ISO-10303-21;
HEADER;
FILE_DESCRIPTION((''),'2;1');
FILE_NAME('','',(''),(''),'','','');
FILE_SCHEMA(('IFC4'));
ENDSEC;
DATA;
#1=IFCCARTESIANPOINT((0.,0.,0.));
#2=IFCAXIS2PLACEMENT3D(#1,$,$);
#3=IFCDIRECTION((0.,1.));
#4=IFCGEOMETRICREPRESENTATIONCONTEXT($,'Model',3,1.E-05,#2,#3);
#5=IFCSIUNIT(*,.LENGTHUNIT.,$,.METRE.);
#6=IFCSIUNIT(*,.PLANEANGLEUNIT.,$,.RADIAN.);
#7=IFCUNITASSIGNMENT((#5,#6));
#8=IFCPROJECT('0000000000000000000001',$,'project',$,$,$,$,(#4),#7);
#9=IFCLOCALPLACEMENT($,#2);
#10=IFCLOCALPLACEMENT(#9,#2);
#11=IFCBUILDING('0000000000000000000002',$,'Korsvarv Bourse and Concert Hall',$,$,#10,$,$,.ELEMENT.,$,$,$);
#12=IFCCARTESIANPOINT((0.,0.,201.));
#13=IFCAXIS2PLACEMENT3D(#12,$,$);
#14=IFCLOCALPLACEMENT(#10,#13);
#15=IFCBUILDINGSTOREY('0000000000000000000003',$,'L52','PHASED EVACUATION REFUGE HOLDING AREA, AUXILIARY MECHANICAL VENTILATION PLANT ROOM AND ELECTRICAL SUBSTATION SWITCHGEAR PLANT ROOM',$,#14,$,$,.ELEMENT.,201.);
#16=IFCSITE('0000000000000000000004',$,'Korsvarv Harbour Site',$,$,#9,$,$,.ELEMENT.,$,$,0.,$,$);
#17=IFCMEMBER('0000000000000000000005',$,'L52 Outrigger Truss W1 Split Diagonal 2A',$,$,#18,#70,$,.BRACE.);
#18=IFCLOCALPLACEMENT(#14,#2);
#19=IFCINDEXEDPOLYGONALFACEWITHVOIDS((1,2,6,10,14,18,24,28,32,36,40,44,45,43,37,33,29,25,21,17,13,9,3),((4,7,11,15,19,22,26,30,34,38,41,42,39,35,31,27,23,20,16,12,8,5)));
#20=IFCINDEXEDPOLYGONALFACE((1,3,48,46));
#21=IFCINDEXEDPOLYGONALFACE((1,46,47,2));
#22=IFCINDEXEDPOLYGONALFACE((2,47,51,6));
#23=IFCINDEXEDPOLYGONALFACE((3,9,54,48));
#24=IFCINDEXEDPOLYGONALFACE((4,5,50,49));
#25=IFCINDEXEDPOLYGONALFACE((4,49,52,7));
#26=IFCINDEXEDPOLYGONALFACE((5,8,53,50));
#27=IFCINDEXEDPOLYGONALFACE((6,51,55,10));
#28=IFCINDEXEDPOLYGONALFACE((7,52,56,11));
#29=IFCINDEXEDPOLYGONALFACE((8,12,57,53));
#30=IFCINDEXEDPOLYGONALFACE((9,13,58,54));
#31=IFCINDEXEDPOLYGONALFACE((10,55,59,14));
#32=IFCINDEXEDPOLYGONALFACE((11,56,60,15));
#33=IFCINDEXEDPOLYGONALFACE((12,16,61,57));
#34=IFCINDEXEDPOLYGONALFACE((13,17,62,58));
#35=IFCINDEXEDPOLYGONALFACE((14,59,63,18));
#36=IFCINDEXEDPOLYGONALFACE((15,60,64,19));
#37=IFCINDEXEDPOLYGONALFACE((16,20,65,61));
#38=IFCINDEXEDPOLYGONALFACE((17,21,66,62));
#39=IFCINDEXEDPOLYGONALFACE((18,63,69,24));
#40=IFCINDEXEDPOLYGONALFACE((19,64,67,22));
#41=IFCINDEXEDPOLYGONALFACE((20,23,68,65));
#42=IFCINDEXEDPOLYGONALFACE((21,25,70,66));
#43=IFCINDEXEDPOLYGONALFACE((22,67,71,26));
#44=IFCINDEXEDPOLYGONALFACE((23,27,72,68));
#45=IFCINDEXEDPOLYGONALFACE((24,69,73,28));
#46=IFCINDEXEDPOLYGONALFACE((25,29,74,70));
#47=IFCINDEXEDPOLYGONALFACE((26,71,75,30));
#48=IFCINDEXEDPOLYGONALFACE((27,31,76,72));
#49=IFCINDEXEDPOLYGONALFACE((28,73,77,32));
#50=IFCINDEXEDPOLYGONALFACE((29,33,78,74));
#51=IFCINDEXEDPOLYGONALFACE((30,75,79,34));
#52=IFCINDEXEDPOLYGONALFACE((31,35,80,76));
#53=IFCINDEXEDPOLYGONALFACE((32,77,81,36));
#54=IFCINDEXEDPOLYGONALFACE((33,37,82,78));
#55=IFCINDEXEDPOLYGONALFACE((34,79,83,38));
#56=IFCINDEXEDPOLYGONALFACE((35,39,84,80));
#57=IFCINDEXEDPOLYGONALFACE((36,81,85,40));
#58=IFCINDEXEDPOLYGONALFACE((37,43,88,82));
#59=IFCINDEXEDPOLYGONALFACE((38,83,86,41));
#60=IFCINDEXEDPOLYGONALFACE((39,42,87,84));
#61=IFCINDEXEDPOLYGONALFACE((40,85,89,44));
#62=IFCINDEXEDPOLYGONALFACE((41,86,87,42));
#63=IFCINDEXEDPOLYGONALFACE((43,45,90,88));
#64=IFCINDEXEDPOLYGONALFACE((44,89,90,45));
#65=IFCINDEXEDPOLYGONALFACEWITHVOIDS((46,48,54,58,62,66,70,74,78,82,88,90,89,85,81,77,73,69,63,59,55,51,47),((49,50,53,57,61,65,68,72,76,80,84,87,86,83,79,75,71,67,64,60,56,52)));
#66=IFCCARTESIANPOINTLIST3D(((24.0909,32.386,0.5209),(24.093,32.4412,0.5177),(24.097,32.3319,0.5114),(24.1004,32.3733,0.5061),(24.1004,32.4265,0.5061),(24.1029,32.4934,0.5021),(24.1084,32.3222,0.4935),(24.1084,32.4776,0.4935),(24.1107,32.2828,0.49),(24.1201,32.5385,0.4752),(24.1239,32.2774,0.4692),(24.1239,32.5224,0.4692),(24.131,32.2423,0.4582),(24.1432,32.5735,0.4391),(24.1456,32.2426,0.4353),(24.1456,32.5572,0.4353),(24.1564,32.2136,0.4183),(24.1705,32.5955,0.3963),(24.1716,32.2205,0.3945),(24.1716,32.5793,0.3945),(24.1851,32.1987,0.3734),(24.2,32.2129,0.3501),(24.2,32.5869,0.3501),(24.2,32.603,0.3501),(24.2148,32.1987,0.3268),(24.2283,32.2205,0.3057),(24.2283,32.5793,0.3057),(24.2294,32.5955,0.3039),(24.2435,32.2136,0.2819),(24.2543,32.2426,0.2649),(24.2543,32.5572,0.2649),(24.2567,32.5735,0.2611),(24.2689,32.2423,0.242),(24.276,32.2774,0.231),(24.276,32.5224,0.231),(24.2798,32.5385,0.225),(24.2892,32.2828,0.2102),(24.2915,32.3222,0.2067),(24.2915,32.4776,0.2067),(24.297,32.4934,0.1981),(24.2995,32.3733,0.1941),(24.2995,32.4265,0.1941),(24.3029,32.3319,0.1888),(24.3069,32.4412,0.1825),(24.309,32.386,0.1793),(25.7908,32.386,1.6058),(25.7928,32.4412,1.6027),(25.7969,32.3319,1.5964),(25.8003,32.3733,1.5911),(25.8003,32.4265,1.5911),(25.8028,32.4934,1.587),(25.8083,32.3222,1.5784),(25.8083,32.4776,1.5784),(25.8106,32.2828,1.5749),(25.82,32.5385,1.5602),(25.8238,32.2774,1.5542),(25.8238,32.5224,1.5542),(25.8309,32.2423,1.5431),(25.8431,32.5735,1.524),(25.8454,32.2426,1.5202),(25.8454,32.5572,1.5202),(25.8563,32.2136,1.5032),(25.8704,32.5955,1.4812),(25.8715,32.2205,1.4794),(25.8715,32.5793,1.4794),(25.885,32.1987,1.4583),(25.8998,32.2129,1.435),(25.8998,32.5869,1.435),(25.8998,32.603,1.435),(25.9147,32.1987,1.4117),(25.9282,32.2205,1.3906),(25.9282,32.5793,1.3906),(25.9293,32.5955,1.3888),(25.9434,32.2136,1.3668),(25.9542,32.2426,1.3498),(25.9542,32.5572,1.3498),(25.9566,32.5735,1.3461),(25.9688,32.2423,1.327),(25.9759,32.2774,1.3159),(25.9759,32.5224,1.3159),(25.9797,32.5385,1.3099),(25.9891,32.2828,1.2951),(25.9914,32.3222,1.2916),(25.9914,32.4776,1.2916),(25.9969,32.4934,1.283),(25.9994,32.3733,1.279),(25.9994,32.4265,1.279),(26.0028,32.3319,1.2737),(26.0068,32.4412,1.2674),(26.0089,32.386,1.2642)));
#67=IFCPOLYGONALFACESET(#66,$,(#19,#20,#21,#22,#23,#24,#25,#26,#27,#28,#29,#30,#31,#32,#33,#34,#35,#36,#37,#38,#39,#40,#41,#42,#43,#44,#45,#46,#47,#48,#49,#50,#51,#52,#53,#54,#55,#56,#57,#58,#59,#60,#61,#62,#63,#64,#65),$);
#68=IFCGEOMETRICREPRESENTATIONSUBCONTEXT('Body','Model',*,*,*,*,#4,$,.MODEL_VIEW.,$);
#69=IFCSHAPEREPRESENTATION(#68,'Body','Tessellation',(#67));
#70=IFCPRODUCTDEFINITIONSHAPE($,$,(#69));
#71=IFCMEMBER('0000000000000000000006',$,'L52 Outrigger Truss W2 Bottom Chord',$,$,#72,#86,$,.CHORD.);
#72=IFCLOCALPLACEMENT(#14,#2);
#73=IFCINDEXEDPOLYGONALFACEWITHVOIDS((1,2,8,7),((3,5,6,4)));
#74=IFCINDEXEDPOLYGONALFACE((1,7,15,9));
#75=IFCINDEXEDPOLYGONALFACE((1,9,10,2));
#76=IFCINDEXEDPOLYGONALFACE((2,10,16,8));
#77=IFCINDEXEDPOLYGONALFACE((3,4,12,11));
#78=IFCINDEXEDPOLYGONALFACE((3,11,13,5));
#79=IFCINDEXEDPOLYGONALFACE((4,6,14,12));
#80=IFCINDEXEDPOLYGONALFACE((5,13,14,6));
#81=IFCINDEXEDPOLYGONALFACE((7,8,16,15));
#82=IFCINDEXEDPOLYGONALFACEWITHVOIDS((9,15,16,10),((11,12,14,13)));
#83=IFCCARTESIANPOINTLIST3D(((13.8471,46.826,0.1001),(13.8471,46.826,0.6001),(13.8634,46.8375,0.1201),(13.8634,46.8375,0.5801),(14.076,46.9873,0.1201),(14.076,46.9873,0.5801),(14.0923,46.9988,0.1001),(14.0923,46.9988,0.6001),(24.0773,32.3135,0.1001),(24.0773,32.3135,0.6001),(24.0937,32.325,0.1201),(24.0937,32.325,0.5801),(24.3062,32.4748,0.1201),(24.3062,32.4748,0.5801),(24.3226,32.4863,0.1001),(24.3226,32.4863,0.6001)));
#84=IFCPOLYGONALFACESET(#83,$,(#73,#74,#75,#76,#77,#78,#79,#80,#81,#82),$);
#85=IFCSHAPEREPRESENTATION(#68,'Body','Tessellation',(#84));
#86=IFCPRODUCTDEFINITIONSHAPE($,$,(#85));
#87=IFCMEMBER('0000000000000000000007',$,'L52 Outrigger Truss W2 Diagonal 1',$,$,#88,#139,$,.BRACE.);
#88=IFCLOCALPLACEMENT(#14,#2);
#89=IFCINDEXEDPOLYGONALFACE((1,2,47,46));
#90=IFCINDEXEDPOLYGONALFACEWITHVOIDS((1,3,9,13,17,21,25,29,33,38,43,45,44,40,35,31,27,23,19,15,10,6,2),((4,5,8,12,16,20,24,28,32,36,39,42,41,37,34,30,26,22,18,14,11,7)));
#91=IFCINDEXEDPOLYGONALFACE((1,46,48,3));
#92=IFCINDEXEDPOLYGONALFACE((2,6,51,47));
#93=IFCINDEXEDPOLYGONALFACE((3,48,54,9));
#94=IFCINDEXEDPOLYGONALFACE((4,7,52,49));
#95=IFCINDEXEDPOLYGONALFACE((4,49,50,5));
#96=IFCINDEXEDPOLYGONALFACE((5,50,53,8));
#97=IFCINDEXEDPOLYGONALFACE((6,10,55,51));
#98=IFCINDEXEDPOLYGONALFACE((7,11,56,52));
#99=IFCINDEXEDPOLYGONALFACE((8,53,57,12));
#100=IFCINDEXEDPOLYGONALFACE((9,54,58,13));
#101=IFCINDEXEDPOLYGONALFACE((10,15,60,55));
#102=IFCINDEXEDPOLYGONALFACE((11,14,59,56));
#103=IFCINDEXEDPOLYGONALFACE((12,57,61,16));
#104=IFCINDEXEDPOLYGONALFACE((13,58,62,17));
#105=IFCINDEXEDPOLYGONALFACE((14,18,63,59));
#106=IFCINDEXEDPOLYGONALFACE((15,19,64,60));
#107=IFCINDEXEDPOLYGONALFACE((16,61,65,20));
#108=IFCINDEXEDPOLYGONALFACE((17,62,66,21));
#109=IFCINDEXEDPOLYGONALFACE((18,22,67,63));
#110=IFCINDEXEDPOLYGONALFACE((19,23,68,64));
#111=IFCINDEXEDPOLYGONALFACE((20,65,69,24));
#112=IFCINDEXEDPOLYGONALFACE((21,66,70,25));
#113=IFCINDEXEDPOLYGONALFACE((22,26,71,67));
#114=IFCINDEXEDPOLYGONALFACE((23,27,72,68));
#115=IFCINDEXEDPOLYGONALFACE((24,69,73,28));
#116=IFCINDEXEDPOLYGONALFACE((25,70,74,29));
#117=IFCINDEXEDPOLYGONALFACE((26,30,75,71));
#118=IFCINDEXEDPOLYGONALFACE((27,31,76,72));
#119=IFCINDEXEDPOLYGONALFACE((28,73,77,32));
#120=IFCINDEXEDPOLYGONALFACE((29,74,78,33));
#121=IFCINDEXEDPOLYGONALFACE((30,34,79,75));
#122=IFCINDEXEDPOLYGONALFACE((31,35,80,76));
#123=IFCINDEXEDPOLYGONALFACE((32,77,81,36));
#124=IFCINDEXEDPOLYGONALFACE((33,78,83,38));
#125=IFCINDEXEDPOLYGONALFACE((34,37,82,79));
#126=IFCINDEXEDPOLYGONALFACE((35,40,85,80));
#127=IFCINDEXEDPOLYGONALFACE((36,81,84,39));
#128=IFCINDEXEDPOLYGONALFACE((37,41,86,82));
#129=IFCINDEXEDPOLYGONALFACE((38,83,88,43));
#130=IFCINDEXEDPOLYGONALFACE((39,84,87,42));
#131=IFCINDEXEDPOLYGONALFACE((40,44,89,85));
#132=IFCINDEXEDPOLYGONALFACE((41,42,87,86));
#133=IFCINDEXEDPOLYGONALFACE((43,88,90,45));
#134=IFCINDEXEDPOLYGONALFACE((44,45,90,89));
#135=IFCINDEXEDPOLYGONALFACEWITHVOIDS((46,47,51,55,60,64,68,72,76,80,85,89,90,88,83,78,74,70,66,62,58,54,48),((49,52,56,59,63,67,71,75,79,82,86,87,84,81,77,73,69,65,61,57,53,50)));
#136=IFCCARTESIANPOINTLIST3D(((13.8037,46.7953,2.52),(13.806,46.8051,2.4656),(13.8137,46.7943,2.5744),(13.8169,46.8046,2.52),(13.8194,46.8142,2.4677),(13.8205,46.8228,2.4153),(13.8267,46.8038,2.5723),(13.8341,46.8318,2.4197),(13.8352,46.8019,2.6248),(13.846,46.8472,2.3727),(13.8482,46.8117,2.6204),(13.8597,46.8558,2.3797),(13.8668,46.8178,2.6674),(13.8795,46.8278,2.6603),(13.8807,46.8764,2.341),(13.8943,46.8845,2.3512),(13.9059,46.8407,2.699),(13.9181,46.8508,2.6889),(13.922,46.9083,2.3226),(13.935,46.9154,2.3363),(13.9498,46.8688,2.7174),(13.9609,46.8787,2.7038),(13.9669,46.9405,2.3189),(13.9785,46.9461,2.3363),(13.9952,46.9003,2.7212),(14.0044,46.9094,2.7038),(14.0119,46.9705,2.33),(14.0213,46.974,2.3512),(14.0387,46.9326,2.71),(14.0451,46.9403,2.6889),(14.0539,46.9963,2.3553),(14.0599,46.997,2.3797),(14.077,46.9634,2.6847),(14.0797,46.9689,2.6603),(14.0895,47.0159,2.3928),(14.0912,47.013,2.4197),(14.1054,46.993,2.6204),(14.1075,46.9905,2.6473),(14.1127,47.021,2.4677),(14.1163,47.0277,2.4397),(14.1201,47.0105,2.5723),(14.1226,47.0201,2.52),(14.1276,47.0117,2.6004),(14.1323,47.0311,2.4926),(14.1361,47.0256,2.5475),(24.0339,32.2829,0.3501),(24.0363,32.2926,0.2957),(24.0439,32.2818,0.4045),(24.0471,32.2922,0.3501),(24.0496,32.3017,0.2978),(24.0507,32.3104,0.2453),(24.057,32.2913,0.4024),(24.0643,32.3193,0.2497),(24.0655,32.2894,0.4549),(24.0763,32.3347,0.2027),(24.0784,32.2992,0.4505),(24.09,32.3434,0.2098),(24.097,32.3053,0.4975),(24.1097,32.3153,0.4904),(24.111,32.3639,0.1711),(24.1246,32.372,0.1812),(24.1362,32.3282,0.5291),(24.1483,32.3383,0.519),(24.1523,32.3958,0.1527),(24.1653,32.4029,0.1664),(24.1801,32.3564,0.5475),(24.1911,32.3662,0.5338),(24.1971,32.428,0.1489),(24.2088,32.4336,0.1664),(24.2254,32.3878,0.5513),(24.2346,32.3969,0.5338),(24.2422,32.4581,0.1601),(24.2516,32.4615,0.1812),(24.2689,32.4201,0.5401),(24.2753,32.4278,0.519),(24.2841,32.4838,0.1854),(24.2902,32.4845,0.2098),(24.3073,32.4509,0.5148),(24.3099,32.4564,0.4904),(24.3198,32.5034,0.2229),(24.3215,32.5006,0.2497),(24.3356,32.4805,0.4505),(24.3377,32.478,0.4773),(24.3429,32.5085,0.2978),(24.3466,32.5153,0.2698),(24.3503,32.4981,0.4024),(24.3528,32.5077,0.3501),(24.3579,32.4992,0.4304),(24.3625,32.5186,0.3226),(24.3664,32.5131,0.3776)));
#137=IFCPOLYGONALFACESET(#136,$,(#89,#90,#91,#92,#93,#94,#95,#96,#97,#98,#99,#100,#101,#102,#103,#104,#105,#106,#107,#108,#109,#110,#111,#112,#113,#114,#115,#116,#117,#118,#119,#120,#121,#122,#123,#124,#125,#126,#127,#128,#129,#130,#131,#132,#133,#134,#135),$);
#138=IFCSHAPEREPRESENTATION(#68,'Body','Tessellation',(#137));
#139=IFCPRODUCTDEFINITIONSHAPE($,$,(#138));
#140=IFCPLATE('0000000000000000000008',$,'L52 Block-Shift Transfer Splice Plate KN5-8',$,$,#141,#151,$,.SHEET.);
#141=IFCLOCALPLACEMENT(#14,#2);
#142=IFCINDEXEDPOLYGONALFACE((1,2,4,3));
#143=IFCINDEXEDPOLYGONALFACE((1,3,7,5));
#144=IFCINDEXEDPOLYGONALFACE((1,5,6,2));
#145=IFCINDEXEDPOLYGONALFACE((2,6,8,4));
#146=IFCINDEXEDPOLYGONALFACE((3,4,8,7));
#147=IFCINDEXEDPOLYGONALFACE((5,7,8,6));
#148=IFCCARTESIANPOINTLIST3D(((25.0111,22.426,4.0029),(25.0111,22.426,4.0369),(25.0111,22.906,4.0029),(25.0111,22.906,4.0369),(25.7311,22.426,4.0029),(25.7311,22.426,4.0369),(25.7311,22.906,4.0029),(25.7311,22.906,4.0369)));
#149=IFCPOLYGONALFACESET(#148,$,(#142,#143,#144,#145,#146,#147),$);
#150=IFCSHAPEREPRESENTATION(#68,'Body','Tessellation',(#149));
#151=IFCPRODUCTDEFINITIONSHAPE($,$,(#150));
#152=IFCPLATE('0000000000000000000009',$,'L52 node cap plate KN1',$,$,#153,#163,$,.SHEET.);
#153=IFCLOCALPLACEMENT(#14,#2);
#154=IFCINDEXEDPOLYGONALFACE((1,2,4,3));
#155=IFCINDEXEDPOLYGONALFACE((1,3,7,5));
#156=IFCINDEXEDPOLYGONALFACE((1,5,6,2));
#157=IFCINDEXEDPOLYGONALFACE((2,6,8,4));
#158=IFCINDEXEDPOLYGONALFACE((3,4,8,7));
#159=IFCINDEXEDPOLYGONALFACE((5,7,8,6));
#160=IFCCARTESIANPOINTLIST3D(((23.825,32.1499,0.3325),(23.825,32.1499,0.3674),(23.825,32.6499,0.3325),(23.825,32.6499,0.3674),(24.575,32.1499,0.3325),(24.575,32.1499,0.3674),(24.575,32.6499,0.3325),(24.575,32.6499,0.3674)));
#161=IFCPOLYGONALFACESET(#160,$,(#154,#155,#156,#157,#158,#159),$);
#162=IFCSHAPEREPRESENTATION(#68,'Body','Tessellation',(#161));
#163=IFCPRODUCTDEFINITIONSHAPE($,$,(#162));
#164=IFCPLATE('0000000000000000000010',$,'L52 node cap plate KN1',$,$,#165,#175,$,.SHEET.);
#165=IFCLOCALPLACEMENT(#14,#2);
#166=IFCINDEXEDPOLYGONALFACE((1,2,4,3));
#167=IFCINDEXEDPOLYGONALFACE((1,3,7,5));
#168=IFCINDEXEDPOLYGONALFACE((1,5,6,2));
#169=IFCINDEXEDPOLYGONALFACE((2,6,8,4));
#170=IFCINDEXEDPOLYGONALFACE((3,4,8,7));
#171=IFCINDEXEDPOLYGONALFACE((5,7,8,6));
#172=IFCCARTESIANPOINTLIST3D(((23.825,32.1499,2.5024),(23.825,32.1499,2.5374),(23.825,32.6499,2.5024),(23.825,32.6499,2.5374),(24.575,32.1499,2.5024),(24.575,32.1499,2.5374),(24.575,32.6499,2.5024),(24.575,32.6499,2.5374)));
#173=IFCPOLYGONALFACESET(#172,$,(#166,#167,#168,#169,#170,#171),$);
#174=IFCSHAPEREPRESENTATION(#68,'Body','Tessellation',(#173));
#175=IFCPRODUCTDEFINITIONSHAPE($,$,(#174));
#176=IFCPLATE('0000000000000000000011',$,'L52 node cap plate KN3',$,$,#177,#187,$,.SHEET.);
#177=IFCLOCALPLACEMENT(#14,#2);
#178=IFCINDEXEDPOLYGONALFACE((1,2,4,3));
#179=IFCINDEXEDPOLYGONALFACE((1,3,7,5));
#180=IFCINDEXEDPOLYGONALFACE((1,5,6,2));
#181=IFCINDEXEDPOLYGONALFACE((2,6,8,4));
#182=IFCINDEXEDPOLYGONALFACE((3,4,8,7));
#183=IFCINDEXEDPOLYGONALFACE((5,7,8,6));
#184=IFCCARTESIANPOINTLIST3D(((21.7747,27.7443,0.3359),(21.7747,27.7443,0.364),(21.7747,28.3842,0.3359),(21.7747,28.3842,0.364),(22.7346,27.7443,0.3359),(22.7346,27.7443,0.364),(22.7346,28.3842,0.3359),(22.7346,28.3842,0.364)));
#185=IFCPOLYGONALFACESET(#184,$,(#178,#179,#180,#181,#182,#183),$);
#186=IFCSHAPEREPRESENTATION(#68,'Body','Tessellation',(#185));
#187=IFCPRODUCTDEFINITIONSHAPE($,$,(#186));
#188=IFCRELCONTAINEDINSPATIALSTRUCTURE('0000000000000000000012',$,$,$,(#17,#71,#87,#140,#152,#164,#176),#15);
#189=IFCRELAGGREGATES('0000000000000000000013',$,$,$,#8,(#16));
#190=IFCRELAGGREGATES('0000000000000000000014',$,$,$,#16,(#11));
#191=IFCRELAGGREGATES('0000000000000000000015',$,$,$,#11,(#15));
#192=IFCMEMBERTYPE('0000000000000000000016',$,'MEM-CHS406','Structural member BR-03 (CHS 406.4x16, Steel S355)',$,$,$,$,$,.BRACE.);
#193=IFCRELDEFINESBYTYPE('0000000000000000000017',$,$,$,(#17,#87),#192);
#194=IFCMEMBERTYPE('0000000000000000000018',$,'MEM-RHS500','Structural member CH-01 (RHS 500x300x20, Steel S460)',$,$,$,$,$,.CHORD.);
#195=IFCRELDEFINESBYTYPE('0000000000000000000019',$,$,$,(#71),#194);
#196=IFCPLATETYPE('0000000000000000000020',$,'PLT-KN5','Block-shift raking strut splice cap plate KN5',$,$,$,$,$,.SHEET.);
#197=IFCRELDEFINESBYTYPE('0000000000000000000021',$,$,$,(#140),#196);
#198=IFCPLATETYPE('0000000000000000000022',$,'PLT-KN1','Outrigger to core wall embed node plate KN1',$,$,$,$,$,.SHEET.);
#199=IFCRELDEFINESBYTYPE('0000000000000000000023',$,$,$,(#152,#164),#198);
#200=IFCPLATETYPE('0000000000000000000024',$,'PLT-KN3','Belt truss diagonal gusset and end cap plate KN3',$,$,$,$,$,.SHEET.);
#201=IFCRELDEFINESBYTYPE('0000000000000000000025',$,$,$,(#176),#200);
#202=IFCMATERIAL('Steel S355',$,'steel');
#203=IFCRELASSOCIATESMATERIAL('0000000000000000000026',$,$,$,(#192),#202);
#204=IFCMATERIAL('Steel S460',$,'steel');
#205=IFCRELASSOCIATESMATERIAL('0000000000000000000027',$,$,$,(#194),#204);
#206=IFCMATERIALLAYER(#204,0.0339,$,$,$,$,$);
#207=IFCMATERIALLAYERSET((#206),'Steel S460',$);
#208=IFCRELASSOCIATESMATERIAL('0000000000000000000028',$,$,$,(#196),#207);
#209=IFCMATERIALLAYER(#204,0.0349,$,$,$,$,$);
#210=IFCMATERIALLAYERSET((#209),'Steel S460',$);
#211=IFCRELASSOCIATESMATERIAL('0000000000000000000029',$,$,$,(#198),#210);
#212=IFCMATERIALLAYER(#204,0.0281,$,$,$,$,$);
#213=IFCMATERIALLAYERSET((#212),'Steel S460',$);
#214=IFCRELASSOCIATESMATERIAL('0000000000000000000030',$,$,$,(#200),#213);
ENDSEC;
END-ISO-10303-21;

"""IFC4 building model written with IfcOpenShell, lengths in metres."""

from ifc_helpers import new_model, si_unit, direction, frame, origin, origin_2d, place, context, subcontext, project, spatial, rectangle, hollow_rectangle, hollow_circle, extrude, source, transform, mapped, material, layer, layer_set, material_profile, profile_set, type_object, element, save


model = new_model("IFC4")

# Units and contexts
model_context = context("Model", 3, precision=1e-05, world=origin(), true_north=direction((0.0, 1.0)))
body_context = subcontext(model_context, "Body", "Model", "MODEL_VIEW")
ifc_project = project(units=[si_unit("LENGTHUNIT", "METRE"), si_unit("PLANEANGLEUNIT", "RADIAN")], contexts=[model_context])

# Site, building, storey
site_placement = place(None, origin())
site = spatial("IfcSite", under=ifc_project, at=site_placement, Name="Korsvarv Harbour Site", CompositionType="ELEMENT", RefElevation=0.0)
building_placement = place(site_placement, origin())
building = spatial("IfcBuilding", under=site, at=building_placement, Name="Korsvarv Bourse and Concert Hall", CompositionType="ELEMENT")
storey_placement = place(building_placement, frame((0.0, 0.0, 201.0)))
storey = spatial("IfcBuildingStorey", under=building, at=storey_placement, Name="L52", Description="PHASED EVACUATION REFUGE HOLDING AREA, AUXILIARY MECHANICAL VENTILATION PLANT ROOM AND ELECTRICAL SUBSTATION SWITCHGEAR PLANT ROOM", CompositionType="ELEMENT", Elevation=201.0)

# Shared definitions
ifc_material_1 = material(Name="Steel S355", Category="steel")

# Members
ifc_material_profile_1 = material_profile(ifc_material_1, hollow_circle(Radius=0.2031, WallThickness=0.0161, at=origin_2d()), Name="CHS 406.4x16")
ifc_profile_set_1 = profile_set([ifc_material_profile_1], Name="Steel S355")
member_type_1 = type_object("IfcMemberType", Name="MEM-CHS406", Description="Structural member BR-03 (CHS 406.4x16, Steel S355)", PredefinedType="BRACE", material=ifc_profile_set_1)
shared_shape_1 = source(origin(), body_context, "Body", "SweptSolid", [
    extrude(hollow_circle(Radius=0.2031, WallThickness=0.0161, at=origin_2d()), origin(), (0.0, 0.0, 1.0), 2.0166),
])
member_1_placement = place(storey_placement, frame((24.2, 32.3999, 0.3501), z_axis=(0.842948, 0.0, 0.537995), x_axis=(0.0, 1.0, 0.0)))
element("IfcMember", 1, at=member_1_placement, inside=storey, type_object=member_type_1, Name="L52 Outrigger Truss W1 Split Diagonal 2A", PredefinedType="BRACE", context=body_context, shape_type="MappedRepresentation", body=[
    mapped(shared_shape_1, transform((0.0, 0.0, 0.0), scale=1.0)),
])
ifc_material_2 = material(Name="Steel S460", Category="steel")
ifc_material_profile_2 = material_profile(ifc_material_2, hollow_rectangle(XDim=0.3, YDim=0.5, WallThickness=0.02, at=origin_2d()), Name="RHS 500x300x20")
ifc_profile_set_2 = profile_set([ifc_material_profile_2], Name="Steel S460")
member_type_2 = type_object("IfcMemberType", Name="MEM-RHS500", Description="Structural member CH-01 (RHS 500x300x20, Steel S460)", PredefinedType="CHORD", material=ifc_profile_set_2)
shared_shape_2 = source(origin(), body_context, "Body", "SweptSolid", [
    extrude(hollow_rectangle(XDim=0.3, YDim=0.5, WallThickness=0.02, at=origin_2d()), origin(), (0.0, 0.0, 1.0), 17.7559),
])
member_2_placement = place(storey_placement, frame((24.2, 32.3999, 0.3501), z_axis=(-0.576162, 0.817335, 0.0), x_axis=(-0.817335, -0.576162, 0.0)))
element("IfcMember", 2, at=member_2_placement, inside=storey, type_object=member_type_2, Name="L52 Outrigger Truss W2 Bottom Chord", PredefinedType="CHORD", context=body_context, shape_type="MappedRepresentation", body=[
    mapped(shared_shape_2, transform((0.0, 0.0, 0.0), scale=1.0)),
])
shared_shape_3 = source(origin(), body_context, "Body", "SweptSolid", [
    extrude(hollow_circle(Radius=0.2031, WallThickness=0.0161, at=origin_2d()), origin(), (0.0, 0.0, 1.0), 17.8879),
])
member_3_placement = place(storey_placement, frame((24.2, 32.3999, 0.3501), z_axis=(-0.571907, 0.811299, 0.121307), x_axis=(-0.817335, -0.576162, 0.0)))
element("IfcMember", 3, at=member_3_placement, inside=storey, type_object=member_type_1, Name="L52 Outrigger Truss W2 Diagonal 1", PredefinedType="BRACE", context=body_context, shape_type="MappedRepresentation", body=[
    mapped(shared_shape_3, transform((0.0, 0.0, 0.0), scale=1.0)),
])

# Plates
ifc_layer_1 = layer(ifc_material_2, 0.0339)
ifc_layer_set_1 = layer_set([ifc_layer_1], Name="Steel S460")
plate_type_1 = type_object("IfcPlateType", Name="PLT-KN5", Description="Block-shift raking strut splice cap plate KN5", PredefinedType="SHEET", material=ifc_layer_set_1)
shared_shape_4 = source(origin(), body_context, "Body", "SweptSolid", [
    extrude(rectangle(XDim=0.72, YDim=0.48, at=origin_2d()), origin(), (0.0, 0.0, 1.0), 0.0339),
])
plate_placement = place(storey_placement, frame((25.3711, 22.666, 4.0029), z_axis=(0.0, 0.0, 1.0), x_axis=(1.0, 0.0, 0.0)))
element("IfcPlate", 4, at=plate_placement, inside=storey, type_object=plate_type_1, Name="L52 Block-Shift Transfer Splice Plate KN5-8", PredefinedType="SHEET", context=body_context, shape_type="MappedRepresentation", body=[
    mapped(shared_shape_4, transform((0.0, 0.0, 0.0), scale=1.0)),
])
ifc_layer_2 = layer(ifc_material_2, 0.0349)
ifc_layer_set_2 = layer_set([ifc_layer_2], Name="Steel S460")
plate_type_2 = type_object("IfcPlateType", Name="PLT-KN1", Description="Outrigger to core wall embed node plate KN1", PredefinedType="SHEET", material=ifc_layer_set_2)
shared_shape_5 = source(origin(), body_context, "Body", "SweptSolid", [
    extrude(rectangle(XDim=0.75, YDim=0.5, at=origin_2d()), origin(), (0.0, 0.0, 1.0), 0.0349),
])
for number, where, z_axis, x_axis, name in (
    (5, (24.2, 32.3999, 0.3325), (0.0, 0.0, 1.0), (1.0, 0.0, 0.0), "L52 node cap plate KN1"),
    (6, (24.2, 32.3999, 2.5024), (0.0, 0.0, 1.0), (1.0, 0.0, 0.0), "L52 node cap plate KN1"),
):
    element("IfcPlate", number, at=place(storey_placement, frame(where, z_axis=z_axis, x_axis=x_axis)), inside=storey, type_object=plate_type_2, Name=name, PredefinedType="SHEET", context=body_context, shape_type="MappedRepresentation", body=[
        mapped(shared_shape_5, transform((0.0, 0.0, 0.0), scale=1.0)),
    ])
ifc_layer_3 = layer(ifc_material_2, 0.0281)
ifc_layer_set_3 = layer_set([ifc_layer_3], Name="Steel S460")
plate_type_3 = type_object("IfcPlateType", Name="PLT-KN3", Description="Belt truss diagonal gusset and end cap plate KN3", PredefinedType="SHEET", material=ifc_layer_set_3)
shared_shape_6 = source(origin(), body_context, "Body", "SweptSolid", [
    extrude(rectangle(XDim=0.96, YDim=0.6399, at=origin_2d()), origin(), (0.0, 0.0, 1.0), 0.0281),
])
for number, where, z_axis, x_axis, name in (
    (7, (22.2546, 28.0642, 0.3359), (0.0, 0.0, 1.0), (1.0, 0.0, 0.0), "L52 node cap plate KN3"),
):
    element("IfcPlate", number, at=place(storey_placement, frame(where, z_axis=z_axis, x_axis=x_axis)), inside=storey, type_object=plate_type_3, Name=name, PredefinedType="SHEET", context=body_context, shape_type="MappedRepresentation", body=[
        mapped(shared_shape_6, transform((0.0, 0.0, 0.0), scale=1.0)),
    ])

save(model, "model.ifc")
